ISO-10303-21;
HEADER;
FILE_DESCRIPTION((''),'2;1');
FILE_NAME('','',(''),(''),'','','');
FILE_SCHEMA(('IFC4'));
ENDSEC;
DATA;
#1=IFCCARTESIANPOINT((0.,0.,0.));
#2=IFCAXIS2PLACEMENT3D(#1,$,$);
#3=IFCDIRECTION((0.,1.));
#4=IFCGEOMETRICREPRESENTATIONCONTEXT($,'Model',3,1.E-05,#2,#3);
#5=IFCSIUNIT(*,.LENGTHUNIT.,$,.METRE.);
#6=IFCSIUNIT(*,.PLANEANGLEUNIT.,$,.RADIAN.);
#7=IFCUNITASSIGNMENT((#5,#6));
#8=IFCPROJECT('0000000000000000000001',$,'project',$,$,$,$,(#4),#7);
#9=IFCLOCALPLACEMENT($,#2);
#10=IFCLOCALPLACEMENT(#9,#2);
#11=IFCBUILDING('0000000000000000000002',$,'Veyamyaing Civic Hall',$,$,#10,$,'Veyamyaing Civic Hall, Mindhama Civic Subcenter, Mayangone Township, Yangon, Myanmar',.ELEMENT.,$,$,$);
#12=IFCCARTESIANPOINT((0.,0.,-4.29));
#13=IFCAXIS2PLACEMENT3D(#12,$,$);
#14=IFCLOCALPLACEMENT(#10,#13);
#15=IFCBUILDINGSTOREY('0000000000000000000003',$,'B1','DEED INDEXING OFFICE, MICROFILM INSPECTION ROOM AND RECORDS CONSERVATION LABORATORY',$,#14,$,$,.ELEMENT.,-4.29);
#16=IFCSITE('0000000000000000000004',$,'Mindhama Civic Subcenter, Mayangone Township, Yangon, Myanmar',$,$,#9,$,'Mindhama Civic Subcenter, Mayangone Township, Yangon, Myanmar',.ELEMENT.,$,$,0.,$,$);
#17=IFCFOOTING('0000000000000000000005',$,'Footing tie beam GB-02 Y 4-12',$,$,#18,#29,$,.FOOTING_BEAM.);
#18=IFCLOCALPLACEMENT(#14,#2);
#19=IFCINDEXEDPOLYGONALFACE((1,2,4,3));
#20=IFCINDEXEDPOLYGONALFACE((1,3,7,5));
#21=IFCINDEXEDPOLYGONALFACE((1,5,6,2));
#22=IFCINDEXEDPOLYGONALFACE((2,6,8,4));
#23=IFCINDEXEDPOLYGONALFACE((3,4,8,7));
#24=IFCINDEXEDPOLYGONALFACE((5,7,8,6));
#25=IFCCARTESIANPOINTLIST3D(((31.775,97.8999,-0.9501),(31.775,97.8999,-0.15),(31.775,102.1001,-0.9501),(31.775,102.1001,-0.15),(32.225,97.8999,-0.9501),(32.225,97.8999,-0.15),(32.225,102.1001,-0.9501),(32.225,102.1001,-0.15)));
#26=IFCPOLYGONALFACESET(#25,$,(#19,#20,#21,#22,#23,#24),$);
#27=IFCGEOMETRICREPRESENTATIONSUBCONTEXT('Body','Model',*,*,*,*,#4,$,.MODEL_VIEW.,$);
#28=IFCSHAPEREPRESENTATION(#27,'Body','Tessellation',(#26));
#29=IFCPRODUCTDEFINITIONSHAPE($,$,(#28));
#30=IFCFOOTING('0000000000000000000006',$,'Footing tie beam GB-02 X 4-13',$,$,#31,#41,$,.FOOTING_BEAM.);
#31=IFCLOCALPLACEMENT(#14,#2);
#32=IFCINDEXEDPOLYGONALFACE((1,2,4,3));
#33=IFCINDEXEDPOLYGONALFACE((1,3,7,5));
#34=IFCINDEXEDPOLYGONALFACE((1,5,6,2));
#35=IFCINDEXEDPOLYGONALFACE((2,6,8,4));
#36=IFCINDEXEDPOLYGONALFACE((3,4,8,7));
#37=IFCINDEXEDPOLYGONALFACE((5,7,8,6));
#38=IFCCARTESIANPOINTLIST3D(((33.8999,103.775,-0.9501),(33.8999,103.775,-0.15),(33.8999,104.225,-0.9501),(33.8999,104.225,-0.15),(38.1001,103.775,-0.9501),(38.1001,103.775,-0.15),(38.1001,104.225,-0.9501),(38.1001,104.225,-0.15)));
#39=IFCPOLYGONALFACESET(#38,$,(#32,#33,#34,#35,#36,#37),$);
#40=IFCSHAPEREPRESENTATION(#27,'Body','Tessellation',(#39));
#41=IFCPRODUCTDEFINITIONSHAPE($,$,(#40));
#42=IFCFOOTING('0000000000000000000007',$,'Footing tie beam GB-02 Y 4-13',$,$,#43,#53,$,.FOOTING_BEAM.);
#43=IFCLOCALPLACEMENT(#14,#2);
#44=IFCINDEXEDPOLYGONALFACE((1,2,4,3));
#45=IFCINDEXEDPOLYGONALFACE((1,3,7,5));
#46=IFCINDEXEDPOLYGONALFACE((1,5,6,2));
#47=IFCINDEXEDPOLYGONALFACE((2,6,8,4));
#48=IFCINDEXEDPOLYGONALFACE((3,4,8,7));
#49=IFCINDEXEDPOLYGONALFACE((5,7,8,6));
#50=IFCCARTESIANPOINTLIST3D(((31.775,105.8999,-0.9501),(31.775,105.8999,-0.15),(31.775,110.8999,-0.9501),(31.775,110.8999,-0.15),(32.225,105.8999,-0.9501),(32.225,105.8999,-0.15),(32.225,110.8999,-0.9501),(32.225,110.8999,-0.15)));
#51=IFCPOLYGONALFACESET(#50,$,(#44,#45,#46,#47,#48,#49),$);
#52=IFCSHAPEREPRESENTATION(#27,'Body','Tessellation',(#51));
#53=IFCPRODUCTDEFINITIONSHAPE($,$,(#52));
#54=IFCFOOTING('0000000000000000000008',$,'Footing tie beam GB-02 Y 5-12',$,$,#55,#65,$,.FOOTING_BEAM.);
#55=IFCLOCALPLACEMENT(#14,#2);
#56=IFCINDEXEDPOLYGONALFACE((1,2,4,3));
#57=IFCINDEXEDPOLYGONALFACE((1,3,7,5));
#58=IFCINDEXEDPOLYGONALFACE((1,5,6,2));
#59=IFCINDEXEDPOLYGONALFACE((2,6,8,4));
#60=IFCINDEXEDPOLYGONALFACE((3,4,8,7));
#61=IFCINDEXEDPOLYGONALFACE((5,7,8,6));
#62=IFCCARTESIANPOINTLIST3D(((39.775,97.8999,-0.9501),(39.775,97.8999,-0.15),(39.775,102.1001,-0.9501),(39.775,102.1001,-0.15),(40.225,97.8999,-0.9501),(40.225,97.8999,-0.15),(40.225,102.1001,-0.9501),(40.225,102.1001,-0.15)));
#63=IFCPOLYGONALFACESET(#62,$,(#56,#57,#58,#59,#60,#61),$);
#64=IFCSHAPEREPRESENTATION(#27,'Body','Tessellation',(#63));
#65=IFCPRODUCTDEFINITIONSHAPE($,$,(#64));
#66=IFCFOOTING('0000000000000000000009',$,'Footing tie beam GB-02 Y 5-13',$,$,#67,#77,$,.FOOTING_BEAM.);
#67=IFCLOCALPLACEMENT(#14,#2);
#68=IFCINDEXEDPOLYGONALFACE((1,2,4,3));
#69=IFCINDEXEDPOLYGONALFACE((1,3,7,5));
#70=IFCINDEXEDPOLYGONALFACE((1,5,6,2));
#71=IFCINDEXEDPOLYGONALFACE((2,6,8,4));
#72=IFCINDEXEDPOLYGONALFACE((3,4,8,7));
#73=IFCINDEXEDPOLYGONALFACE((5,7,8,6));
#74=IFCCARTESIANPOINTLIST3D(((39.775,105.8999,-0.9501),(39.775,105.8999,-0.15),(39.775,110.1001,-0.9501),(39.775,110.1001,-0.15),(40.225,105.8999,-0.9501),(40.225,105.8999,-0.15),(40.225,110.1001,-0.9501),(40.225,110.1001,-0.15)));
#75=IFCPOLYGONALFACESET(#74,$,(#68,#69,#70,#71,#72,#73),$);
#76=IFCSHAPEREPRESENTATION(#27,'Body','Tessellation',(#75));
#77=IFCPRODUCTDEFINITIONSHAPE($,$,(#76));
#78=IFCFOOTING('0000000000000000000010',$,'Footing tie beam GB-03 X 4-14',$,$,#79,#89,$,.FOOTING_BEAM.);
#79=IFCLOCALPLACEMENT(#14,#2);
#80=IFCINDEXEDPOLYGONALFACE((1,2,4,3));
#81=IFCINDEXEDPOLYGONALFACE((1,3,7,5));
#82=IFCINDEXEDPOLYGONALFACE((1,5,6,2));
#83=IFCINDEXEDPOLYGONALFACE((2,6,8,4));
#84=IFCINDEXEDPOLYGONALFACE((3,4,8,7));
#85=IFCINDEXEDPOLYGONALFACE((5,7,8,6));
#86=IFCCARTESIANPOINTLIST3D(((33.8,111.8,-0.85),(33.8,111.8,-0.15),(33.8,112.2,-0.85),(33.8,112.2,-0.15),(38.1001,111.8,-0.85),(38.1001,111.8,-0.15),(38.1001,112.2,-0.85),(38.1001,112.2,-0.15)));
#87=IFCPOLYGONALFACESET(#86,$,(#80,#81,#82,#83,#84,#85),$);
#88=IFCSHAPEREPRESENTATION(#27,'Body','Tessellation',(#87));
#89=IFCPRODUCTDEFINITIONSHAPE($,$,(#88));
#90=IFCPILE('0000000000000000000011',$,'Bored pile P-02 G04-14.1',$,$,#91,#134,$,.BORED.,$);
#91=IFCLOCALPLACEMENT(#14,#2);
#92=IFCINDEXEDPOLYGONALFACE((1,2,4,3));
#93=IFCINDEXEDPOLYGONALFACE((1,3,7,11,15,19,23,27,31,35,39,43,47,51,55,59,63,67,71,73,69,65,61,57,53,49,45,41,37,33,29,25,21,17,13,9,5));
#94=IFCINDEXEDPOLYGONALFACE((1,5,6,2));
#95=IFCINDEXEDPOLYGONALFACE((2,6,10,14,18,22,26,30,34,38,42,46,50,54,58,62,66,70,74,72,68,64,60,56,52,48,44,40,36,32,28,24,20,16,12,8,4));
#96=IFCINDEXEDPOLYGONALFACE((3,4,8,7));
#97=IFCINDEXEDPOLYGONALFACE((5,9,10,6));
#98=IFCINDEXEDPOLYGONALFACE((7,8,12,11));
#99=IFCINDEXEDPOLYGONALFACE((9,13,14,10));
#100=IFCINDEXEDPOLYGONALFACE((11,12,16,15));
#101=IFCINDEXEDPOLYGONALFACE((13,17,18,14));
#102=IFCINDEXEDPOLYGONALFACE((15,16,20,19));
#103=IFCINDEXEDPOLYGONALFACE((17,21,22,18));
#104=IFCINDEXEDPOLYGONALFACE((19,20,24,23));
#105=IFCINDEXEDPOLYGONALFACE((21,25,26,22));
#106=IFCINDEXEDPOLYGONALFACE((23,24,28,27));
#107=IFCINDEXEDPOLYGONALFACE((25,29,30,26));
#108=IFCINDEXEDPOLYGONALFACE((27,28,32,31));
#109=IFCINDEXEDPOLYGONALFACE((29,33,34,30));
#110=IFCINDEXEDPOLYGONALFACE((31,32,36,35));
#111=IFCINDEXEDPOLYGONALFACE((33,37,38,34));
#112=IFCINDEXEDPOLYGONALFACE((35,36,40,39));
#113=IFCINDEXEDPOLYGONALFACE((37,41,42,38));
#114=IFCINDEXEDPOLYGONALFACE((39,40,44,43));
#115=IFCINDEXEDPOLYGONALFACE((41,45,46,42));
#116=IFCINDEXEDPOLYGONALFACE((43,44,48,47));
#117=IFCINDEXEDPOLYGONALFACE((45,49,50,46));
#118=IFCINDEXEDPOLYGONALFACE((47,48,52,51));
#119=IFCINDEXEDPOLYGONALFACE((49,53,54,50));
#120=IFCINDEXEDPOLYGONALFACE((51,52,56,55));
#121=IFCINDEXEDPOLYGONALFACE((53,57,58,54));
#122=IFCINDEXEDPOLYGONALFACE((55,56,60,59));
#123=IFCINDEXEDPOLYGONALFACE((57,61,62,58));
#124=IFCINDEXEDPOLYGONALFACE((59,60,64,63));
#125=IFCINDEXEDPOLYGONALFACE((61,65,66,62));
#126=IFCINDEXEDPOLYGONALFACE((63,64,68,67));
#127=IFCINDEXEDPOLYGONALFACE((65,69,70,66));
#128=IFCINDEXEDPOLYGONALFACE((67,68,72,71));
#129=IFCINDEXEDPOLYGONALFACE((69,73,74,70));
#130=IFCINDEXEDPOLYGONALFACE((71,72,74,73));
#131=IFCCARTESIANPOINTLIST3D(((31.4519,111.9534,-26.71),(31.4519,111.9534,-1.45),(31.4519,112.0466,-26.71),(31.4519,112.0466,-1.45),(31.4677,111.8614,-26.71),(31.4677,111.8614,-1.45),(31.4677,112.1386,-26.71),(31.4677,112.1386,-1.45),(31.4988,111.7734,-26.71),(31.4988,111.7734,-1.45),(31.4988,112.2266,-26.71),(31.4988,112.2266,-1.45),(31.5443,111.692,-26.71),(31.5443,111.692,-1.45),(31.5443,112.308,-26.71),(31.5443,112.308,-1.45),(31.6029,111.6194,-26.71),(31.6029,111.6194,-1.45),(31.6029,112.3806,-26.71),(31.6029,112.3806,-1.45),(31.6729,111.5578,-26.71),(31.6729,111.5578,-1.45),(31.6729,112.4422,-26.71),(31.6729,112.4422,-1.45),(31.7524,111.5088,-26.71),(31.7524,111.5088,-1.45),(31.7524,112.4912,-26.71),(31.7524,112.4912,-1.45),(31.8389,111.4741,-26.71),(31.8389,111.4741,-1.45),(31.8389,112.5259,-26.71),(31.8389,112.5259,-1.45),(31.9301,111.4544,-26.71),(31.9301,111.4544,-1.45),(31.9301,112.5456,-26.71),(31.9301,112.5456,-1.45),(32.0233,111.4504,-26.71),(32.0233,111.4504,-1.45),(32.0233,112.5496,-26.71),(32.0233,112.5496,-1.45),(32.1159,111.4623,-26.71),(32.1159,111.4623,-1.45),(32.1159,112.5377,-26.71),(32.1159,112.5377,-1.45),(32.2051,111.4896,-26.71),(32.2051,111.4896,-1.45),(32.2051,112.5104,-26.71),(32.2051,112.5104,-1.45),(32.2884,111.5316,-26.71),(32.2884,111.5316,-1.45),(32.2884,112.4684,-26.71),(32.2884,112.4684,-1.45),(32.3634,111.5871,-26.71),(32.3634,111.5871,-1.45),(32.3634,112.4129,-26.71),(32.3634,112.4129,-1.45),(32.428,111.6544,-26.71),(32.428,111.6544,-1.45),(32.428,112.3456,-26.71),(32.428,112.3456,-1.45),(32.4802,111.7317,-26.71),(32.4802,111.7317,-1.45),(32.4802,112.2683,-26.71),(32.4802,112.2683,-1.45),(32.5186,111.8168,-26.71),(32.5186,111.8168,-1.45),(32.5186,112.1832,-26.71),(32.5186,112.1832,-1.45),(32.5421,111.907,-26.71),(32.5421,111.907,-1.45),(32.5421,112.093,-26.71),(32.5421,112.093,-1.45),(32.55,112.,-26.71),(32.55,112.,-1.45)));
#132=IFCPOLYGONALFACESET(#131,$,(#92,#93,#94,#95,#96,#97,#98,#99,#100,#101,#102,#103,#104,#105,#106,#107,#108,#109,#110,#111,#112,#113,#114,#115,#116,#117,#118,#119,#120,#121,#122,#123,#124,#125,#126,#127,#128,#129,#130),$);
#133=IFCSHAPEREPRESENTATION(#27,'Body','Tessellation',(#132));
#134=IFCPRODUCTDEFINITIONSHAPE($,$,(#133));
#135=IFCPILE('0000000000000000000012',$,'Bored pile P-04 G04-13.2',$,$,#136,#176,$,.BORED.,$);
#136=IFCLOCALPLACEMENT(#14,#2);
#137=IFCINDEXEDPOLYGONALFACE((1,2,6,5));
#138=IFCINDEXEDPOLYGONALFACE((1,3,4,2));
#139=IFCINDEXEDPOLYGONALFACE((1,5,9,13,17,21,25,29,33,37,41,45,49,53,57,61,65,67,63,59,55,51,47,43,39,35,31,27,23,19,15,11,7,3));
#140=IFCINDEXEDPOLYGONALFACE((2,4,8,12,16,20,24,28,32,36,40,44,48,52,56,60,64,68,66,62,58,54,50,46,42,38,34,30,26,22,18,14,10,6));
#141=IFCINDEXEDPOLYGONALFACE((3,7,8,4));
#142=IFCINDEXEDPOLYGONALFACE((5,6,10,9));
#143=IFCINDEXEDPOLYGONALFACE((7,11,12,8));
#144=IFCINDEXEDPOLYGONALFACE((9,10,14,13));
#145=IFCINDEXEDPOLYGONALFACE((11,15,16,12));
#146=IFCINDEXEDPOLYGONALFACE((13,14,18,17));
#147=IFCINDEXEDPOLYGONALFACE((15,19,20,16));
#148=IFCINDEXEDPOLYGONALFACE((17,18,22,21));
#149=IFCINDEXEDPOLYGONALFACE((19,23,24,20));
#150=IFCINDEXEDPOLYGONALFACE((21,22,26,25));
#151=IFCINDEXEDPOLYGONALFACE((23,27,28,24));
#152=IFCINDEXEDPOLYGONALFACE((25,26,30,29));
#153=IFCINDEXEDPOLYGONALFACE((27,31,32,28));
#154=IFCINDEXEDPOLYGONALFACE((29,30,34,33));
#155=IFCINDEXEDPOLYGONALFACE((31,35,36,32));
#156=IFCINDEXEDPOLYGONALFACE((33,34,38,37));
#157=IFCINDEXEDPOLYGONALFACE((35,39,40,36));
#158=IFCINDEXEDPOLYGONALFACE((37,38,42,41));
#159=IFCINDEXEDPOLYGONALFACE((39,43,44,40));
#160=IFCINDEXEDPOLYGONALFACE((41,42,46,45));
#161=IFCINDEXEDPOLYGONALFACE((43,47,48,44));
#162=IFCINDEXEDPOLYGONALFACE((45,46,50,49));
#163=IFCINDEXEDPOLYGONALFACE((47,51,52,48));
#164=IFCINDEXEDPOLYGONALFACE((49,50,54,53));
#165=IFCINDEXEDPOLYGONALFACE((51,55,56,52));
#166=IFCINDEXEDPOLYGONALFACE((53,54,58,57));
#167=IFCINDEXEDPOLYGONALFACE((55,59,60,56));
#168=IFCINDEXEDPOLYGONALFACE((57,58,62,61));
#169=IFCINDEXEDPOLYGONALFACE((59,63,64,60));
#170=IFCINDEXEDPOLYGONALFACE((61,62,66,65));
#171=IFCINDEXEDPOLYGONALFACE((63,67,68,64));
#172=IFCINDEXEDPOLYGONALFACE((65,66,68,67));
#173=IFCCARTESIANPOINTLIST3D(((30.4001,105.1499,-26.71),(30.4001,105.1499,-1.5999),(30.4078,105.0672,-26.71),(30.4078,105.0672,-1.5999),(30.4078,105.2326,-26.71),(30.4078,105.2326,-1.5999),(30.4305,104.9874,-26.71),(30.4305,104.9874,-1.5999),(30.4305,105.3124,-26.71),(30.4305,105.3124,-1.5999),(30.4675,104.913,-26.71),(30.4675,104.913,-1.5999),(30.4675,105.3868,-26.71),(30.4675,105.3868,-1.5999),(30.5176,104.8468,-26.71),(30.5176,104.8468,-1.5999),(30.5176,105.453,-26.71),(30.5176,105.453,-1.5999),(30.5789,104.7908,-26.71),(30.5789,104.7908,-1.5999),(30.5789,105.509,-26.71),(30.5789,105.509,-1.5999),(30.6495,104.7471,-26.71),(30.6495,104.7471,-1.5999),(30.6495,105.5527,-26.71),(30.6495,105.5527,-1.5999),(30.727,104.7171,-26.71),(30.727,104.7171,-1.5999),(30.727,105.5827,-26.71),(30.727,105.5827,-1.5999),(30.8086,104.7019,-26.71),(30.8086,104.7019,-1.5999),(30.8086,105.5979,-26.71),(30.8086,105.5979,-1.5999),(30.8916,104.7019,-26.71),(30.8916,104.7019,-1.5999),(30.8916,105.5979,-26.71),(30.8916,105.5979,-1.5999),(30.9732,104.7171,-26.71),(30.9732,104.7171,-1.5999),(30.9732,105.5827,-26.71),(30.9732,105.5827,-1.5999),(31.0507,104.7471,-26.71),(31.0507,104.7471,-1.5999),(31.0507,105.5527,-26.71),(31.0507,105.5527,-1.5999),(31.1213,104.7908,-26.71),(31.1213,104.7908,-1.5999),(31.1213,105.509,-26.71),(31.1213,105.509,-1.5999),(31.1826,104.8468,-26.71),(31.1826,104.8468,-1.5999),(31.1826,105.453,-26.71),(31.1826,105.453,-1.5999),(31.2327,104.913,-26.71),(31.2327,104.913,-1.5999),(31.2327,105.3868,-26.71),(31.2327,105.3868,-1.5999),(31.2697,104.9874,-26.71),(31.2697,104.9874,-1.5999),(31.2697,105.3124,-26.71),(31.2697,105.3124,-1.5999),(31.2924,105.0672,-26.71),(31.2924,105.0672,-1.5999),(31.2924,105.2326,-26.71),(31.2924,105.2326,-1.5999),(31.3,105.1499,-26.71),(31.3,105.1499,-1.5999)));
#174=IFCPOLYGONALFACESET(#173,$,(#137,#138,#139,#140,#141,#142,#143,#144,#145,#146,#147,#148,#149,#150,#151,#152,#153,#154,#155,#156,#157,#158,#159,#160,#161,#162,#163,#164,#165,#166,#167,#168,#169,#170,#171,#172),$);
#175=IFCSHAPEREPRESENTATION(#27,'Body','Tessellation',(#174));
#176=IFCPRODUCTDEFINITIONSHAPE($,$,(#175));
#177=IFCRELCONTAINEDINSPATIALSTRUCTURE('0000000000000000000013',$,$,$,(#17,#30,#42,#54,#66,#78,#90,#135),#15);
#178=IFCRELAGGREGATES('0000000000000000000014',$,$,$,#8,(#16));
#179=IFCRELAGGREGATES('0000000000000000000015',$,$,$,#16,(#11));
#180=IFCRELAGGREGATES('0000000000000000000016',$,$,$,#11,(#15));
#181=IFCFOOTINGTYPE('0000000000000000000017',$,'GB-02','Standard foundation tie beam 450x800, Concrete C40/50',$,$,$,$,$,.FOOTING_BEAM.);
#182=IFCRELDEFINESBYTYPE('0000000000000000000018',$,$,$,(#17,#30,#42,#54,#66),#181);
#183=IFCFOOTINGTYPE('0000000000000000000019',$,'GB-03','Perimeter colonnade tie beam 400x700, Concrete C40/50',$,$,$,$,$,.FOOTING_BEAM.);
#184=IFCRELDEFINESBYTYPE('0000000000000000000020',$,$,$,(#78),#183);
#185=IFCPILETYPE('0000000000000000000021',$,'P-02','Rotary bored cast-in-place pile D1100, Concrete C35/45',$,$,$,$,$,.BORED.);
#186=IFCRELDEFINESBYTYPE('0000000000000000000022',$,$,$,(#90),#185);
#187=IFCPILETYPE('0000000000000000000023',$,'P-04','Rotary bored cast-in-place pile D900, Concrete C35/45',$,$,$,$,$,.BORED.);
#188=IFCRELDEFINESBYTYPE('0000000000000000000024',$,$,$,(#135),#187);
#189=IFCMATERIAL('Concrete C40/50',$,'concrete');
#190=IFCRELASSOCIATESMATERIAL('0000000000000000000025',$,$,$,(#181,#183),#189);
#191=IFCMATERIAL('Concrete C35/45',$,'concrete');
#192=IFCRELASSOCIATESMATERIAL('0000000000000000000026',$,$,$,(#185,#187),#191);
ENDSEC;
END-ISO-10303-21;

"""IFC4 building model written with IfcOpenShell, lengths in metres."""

from ifc_helpers import new_model, si_unit, direction, frame, origin, origin_2d, place, context, subcontext, project, spatial, rectangle, circle, extrude, material, material_profile, profile_set, type_object, element, save


model = new_model("IFC4")

# Units and contexts
model_context = context("Model", 3, precision=1e-05, world=origin(), true_north=direction((0.0, 1.0)))
body_context = subcontext(model_context, "Body", "Model", "MODEL_VIEW")
ifc_project = project(units=[si_unit("LENGTHUNIT", "METRE"), si_unit("PLANEANGLEUNIT", "RADIAN")], contexts=[model_context])

# Site, building, storey
site_placement = place(None, origin())
site = spatial("IfcSite", under=ifc_project, at=site_placement, Name="Mindhama Civic Subcenter, Mayangone Township, Yangon, Myanmar", LongName="Mindhama Civic Subcenter, Mayangone Township, Yangon, Myanmar", CompositionType="ELEMENT", RefElevation=0.0)
building_placement = place(site_placement, origin())
building = spatial("IfcBuilding", under=site, at=building_placement, Name="Veyamyaing Civic Hall", LongName="Veyamyaing Civic Hall, Mindhama Civic Subcenter, Mayangone Township, Yangon, Myanmar", CompositionType="ELEMENT")
storey_placement = place(building_placement, frame((0.0, 0.0, -4.29)))
storey = spatial("IfcBuildingStorey", under=building, at=storey_placement, Name="B1", Description="DEED INDEXING OFFICE, MICROFILM INSPECTION ROOM AND RECORDS CONSERVATION LABORATORY", CompositionType="ELEMENT", Elevation=-4.29)

# Footings
ifc_material_1 = material(Name="Concrete C40/50", Category="concrete")
ifc_material_profile_1 = material_profile(ifc_material_1, rectangle(XDim=0.45, YDim=0.8, at=origin_2d()), Name="GB-450X800")
ifc_profile_set_1 = profile_set([ifc_material_profile_1], Name="Concrete C40/50")
footing_type_1 = type_object("IfcFootingType", Name="GB-02", Description="Standard foundation tie beam 450x800, Concrete C40/50", PredefinedType="FOOTING_BEAM", material=ifc_profile_set_1)
for number, where, z_axis, x_axis, name in (
    (1, (32.0, 97.8999, -0.55), (0.0, 1.0, 0.0), (-1.0, 0.0, 0.0), "Footing tie beam GB-02 Y 4-12"),
    (2, (33.8999, 104.0, -0.55), (1.0, 0.0, 0.0), (0.0, 1.0, 0.0), "Footing tie beam GB-02 X 4-13"),
):
    element("IfcFooting", number, at=place(storey_placement, frame(where, z_axis=z_axis, x_axis=x_axis)), inside=storey, type_object=footing_type_1, Name=name, PredefinedType="FOOTING_BEAM", context=body_context, shape_type="SweptSolid", body=[
        extrude(rectangle(XDim=0.45, YDim=0.8, at=origin_2d()), origin(), (0.0, 0.0, 1.0), 4.2002),
    ])
footing_1_placement = place(storey_placement, frame((32.0, 105.8999, -0.55), z_axis=(0.0, 1.0, 0.0), x_axis=(-1.0, 0.0, 0.0)))
element("IfcFooting", 3, at=footing_1_placement, inside=storey, type_object=footing_type_1, Name="Footing tie beam GB-02 Y 4-13", PredefinedType="FOOTING_BEAM", context=body_context, shape_type="SweptSolid", body=[
    extrude(rectangle(XDim=0.45, YDim=0.8, at=origin_2d()), origin(), (0.0, 0.0, 1.0), 5.0),
])
for number, where, z_axis, x_axis, name in (
    (4, (40.0, 97.8999, -0.55), (0.0, 1.0, 0.0), (-1.0, 0.0, 0.0), "Footing tie beam GB-02 Y 5-12"),
    (5, (40.0, 105.8999, -0.55), (0.0, 1.0, 0.0), (-1.0, 0.0, 0.0), "Footing tie beam GB-02 Y 5-13"),
):
    element("IfcFooting", number, at=place(storey_placement, frame(where, z_axis=z_axis, x_axis=x_axis)), inside=storey, type_object=footing_type_1, Name=name, PredefinedType="FOOTING_BEAM", context=body_context, shape_type="SweptSolid", body=[
        extrude(rectangle(XDim=0.45, YDim=0.8, at=origin_2d()), origin(), (0.0, 0.0, 1.0), 4.2002),
    ])
ifc_material_profile_2 = material_profile(ifc_material_1, rectangle(XDim=0.3999, YDim=0.7, at=origin_2d()), Name="GB-400X700")
ifc_profile_set_2 = profile_set([ifc_material_profile_2], Name="Concrete C40/50")
footing_type_2 = type_object("IfcFootingType", Name="GB-03", Description="Perimeter colonnade tie beam 400x700, Concrete C40/50", PredefinedType="FOOTING_BEAM", material=ifc_profile_set_2)
footing_2_placement = place(storey_placement, frame((33.8, 112.0, -0.5), z_axis=(1.0, 0.0, 0.0), x_axis=(0.0, 1.0, 0.0)))
element("IfcFooting", 6, at=footing_2_placement, inside=storey, type_object=footing_type_2, Name="Footing tie beam GB-03 X 4-14", PredefinedType="FOOTING_BEAM", context=body_context, shape_type="SweptSolid", body=[
    extrude(rectangle(XDim=0.3999, YDim=0.7, at=origin_2d()), origin(), (0.0, 0.0, 1.0), 4.3),
])

# Piles
ifc_material_2 = material(Name="Concrete C35/45", Category="concrete")
ifc_material_profile_3 = material_profile(ifc_material_2, circle(Radius=0.55, at=origin_2d()), Name="PILE-D1100")
ifc_profile_set_3 = profile_set([ifc_material_profile_3], Name="Concrete C35/45")
pile_type_1 = type_object("IfcPileType", Name="P-02", Description="Rotary bored cast-in-place pile D1100, Concrete C35/45", PredefinedType="BORED", material=ifc_profile_set_3)
pile_placement = place(storey_placement, frame((32.0, 112.0, -1.45), z_axis=(0.0, 0.0, -1.0), x_axis=(1.0, 0.0, 0.0)))
element("IfcPile", 7, at=pile_placement, inside=storey, type_object=pile_type_1, Name="Bored pile P-02 G04-14.1", PredefinedType="BORED", context=body_context, shape_type="SweptSolid", body=[
    extrude(circle(Radius=0.55, at=origin_2d()), origin(), (0.0, 0.0, 1.0), 25.26),
])
ifc_material_profile_4 = material_profile(ifc_material_2, circle(Radius=0.45, at=origin_2d()), Name="PILE-D900")
ifc_profile_set_4 = profile_set([ifc_material_profile_4], Name="Concrete C35/45")
pile_type_2 = type_object("IfcPileType", Name="P-04", Description="Rotary bored cast-in-place pile D900, Concrete C35/45", PredefinedType="BORED", material=ifc_profile_set_4)
for number, where, z_axis, x_axis, name in (
    (8, (30.8501, 105.1499, -1.5999), (0.0, 0.0, -1.0), (1.0, 0.0, 0.0), "Bored pile P-04 G04-13.2"),
):
    element("IfcPile", number, at=place(storey_placement, frame(where, z_axis=z_axis, x_axis=x_axis)), inside=storey, type_object=pile_type_2, Name=name, PredefinedType="BORED", context=body_context, shape_type="SweptSolid", body=[
        extrude(circle(Radius=0.45, at=origin_2d()), origin(), (0.0, 0.0, 1.0), 25.1101),
    ])

save(model, "model.ifc")
